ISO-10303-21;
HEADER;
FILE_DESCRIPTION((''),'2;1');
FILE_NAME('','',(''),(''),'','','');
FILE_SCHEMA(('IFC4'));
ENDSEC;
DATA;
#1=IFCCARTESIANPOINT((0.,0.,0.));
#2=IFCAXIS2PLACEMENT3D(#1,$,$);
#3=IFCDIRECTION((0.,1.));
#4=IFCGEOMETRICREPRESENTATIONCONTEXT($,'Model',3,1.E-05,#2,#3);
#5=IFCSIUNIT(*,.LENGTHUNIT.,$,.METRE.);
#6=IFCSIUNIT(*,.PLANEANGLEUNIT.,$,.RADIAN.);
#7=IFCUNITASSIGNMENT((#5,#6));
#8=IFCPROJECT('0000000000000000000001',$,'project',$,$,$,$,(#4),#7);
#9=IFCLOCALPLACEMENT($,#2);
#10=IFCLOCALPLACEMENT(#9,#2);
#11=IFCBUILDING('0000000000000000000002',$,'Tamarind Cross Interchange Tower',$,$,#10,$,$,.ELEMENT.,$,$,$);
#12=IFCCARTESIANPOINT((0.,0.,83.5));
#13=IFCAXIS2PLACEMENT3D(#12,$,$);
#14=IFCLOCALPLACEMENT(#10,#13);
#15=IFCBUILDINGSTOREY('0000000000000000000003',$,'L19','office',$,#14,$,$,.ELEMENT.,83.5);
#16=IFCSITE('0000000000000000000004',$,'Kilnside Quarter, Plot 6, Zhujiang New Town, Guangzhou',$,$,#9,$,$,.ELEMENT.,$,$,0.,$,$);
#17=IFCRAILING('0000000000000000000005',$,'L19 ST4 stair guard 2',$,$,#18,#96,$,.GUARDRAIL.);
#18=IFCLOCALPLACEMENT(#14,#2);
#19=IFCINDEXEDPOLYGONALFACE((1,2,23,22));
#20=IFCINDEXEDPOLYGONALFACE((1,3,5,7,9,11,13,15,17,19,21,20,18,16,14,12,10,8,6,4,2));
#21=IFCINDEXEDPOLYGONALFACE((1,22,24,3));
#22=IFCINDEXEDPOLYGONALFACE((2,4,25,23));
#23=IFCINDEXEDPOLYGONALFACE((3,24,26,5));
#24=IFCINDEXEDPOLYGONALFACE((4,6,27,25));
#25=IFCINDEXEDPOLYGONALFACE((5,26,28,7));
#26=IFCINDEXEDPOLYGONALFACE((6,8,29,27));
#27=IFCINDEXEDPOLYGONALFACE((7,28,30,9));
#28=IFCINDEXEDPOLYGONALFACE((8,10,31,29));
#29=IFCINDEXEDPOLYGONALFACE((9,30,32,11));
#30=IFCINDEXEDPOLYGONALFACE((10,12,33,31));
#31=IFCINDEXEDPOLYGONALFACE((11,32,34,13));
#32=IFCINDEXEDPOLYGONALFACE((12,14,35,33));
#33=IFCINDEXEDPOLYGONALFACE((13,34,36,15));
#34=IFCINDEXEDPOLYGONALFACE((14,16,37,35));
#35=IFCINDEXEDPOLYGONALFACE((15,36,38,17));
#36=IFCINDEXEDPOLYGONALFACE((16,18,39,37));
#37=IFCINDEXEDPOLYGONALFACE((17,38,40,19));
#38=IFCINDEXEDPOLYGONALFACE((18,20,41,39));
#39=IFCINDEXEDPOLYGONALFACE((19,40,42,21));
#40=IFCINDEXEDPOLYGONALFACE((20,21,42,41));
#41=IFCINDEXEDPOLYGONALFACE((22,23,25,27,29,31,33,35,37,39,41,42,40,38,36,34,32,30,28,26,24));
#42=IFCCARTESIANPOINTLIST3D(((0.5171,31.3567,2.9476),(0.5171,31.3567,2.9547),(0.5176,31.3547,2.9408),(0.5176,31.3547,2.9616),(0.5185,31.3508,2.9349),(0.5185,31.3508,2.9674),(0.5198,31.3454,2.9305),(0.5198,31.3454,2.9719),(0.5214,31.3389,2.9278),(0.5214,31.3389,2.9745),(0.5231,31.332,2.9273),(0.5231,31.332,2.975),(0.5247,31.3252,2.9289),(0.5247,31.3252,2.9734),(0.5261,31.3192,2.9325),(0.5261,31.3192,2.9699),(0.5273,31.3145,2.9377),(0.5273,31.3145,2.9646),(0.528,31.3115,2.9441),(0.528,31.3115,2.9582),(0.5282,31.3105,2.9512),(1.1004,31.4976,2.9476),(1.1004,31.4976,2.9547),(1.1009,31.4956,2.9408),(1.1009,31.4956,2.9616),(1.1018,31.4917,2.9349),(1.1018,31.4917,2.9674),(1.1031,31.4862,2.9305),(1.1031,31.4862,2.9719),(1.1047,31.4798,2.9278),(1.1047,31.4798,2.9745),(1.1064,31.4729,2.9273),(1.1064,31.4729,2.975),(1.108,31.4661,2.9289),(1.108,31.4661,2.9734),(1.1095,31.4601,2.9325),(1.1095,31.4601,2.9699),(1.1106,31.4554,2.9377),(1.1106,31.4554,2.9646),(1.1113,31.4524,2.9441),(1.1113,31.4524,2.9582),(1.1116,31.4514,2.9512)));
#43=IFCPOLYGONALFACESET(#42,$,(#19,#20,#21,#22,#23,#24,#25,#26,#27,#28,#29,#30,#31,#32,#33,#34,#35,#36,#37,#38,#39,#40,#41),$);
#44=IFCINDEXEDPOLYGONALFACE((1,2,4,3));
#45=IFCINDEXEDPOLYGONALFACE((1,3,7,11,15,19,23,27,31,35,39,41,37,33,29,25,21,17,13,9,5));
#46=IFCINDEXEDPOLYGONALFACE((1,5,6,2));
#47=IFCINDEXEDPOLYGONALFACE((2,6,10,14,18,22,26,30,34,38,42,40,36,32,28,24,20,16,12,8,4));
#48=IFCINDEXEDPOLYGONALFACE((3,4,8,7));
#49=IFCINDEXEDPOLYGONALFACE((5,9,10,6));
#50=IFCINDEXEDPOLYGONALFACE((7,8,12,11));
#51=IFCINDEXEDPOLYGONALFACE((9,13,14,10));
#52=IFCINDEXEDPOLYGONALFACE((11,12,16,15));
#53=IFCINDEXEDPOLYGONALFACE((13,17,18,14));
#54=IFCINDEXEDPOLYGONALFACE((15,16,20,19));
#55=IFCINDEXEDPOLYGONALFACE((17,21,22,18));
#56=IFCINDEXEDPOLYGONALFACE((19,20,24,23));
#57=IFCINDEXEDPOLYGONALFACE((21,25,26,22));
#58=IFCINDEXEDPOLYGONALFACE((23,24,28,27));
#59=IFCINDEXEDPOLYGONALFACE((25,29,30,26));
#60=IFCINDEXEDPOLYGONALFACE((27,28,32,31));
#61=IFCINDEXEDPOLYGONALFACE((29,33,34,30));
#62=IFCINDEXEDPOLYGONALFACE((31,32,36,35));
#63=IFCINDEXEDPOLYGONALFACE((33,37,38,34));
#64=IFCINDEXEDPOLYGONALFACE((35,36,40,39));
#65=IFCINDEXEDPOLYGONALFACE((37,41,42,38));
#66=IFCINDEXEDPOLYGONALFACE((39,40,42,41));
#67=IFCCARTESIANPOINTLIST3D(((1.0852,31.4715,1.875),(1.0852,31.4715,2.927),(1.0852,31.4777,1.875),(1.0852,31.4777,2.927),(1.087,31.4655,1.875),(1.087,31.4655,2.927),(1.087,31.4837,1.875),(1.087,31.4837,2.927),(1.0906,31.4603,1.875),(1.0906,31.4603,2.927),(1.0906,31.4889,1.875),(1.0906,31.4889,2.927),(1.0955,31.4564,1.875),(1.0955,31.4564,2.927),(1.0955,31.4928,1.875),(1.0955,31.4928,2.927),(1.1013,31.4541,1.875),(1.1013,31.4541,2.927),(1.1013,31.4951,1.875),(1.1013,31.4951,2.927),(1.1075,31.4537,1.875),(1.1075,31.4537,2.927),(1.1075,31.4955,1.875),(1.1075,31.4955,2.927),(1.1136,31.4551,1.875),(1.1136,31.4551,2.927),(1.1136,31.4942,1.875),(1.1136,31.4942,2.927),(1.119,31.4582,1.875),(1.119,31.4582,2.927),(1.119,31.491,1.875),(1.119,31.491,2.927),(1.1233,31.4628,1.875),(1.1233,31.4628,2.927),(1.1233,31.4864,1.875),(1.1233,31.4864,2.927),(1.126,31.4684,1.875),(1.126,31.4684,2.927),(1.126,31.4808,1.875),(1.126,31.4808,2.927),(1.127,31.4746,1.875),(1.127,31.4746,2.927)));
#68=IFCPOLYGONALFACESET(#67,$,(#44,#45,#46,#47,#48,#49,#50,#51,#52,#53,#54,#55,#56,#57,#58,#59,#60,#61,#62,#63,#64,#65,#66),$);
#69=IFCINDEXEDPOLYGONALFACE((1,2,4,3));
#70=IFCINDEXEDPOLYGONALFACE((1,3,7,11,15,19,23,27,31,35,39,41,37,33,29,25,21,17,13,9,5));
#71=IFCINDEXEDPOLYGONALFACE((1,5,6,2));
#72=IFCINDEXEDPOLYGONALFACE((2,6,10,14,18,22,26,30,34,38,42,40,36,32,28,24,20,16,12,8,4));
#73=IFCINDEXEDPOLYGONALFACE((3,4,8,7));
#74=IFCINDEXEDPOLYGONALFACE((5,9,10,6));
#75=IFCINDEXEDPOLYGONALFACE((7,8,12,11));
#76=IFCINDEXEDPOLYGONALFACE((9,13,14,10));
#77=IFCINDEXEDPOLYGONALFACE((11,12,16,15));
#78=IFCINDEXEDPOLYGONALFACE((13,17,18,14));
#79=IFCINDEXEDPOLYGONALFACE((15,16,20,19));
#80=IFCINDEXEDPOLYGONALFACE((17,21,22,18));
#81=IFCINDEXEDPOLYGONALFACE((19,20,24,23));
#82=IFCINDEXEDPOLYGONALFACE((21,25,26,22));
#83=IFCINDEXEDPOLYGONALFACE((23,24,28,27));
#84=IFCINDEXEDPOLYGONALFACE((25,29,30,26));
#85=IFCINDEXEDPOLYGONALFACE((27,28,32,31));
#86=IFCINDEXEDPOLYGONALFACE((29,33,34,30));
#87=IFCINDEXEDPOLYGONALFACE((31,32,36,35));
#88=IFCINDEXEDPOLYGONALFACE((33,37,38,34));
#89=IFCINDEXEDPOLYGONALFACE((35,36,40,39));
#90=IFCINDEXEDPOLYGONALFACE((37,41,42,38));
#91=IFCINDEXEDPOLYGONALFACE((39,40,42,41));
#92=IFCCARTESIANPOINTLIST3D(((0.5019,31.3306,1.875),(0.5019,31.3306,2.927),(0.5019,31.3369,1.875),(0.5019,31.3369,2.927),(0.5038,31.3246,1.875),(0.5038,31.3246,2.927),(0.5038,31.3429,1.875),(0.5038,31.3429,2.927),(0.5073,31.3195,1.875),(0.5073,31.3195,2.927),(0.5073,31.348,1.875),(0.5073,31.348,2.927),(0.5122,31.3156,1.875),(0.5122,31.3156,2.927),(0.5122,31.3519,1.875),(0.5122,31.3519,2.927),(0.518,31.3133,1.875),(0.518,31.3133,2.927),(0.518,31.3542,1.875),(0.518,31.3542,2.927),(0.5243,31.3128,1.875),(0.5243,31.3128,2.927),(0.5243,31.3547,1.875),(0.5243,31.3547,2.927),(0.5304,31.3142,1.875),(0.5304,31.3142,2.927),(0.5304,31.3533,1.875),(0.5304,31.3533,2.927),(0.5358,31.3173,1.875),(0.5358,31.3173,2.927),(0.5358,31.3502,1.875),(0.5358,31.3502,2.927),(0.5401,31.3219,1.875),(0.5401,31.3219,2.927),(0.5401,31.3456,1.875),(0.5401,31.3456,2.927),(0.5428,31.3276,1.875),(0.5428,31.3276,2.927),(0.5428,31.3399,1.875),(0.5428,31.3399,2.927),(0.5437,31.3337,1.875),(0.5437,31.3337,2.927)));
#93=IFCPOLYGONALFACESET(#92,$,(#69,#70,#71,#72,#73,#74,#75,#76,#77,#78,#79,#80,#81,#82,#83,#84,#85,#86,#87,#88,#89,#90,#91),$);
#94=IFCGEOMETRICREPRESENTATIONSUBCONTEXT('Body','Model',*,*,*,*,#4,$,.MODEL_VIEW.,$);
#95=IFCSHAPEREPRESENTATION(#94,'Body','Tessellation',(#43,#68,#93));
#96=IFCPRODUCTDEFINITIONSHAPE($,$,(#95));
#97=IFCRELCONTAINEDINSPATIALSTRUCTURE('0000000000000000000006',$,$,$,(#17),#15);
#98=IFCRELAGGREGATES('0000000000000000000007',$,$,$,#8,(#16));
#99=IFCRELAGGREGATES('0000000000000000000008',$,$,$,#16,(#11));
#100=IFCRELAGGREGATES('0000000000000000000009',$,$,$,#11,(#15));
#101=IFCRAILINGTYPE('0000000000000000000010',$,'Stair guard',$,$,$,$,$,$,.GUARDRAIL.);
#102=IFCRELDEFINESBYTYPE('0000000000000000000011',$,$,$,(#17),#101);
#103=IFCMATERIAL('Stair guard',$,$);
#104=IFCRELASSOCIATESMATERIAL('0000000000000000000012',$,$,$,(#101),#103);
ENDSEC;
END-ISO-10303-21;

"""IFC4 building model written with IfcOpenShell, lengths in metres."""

from ifc_helpers import new_model, si_unit, direction, frame, origin, origin_2d, place, context, subcontext, project, spatial, circle, extrude, material, type_object, element, save


model = new_model("IFC4")

# Units and contexts
model_context = context("Model", 3, precision=1e-05, world=origin(), true_north=direction((0.0, 1.0)))
body_context = subcontext(model_context, "Body", "Model", "MODEL_VIEW")
ifc_project = project(units=[si_unit("LENGTHUNIT", "METRE"), si_unit("PLANEANGLEUNIT", "RADIAN")], contexts=[model_context])

# Site, building, storey
site_placement = place(None, origin())
site = spatial("IfcSite", under=ifc_project, at=site_placement, Name="Kilnside Quarter, Plot 6, Zhujiang New Town, Guangzhou", CompositionType="ELEMENT", RefElevation=0.0)
building_placement = place(site_placement, origin())
building = spatial("IfcBuilding", under=site, at=building_placement, Name="Tamarind Cross Interchange Tower", CompositionType="ELEMENT")
storey_placement = place(building_placement, frame((0.0, 0.0, 83.5)))
storey = spatial("IfcBuildingStorey", under=building, at=storey_placement, Name="L19", Description="office", CompositionType="ELEMENT", Elevation=83.5)

# Railing
ifc_material_1 = material(Name="Stair guard")
railing_type_1 = type_object("IfcRailingType", Name="Stair guard", PredefinedType="GUARDRAIL", material=ifc_material_1)
railing_1_placement = place(storey_placement, frame((1.106, 31.4746, 1.875)))
element("IfcRailing", 1, at=railing_1_placement, inside=storey, type_object=railing_type_1, Name="L19 ST4 stair guard 2", PredefinedType="GUARDRAIL", context=body_context, shape_type="SweptSolid", body=[
    extrude(circle(Radius=0.0239, at=origin_2d()), frame((0.0, 0.0, 1.0762), z_axis=(-0.97205, -0.234773, 0.0), x_axis=(0.234773, -0.97205, 0.0)), (0.0, 0.0, 1.0), 0.6001),
    extrude(circle(Radius=0.021, at=origin_2d()), origin(), (0.0, 0.0, 1.0), 1.052),
    extrude(circle(Radius=0.021, at=origin_2d()), frame((-0.5833, -0.1409, 0.0)), (0.0, 0.0, 1.0), 1.052),
])

save(model, "model.ifc")
